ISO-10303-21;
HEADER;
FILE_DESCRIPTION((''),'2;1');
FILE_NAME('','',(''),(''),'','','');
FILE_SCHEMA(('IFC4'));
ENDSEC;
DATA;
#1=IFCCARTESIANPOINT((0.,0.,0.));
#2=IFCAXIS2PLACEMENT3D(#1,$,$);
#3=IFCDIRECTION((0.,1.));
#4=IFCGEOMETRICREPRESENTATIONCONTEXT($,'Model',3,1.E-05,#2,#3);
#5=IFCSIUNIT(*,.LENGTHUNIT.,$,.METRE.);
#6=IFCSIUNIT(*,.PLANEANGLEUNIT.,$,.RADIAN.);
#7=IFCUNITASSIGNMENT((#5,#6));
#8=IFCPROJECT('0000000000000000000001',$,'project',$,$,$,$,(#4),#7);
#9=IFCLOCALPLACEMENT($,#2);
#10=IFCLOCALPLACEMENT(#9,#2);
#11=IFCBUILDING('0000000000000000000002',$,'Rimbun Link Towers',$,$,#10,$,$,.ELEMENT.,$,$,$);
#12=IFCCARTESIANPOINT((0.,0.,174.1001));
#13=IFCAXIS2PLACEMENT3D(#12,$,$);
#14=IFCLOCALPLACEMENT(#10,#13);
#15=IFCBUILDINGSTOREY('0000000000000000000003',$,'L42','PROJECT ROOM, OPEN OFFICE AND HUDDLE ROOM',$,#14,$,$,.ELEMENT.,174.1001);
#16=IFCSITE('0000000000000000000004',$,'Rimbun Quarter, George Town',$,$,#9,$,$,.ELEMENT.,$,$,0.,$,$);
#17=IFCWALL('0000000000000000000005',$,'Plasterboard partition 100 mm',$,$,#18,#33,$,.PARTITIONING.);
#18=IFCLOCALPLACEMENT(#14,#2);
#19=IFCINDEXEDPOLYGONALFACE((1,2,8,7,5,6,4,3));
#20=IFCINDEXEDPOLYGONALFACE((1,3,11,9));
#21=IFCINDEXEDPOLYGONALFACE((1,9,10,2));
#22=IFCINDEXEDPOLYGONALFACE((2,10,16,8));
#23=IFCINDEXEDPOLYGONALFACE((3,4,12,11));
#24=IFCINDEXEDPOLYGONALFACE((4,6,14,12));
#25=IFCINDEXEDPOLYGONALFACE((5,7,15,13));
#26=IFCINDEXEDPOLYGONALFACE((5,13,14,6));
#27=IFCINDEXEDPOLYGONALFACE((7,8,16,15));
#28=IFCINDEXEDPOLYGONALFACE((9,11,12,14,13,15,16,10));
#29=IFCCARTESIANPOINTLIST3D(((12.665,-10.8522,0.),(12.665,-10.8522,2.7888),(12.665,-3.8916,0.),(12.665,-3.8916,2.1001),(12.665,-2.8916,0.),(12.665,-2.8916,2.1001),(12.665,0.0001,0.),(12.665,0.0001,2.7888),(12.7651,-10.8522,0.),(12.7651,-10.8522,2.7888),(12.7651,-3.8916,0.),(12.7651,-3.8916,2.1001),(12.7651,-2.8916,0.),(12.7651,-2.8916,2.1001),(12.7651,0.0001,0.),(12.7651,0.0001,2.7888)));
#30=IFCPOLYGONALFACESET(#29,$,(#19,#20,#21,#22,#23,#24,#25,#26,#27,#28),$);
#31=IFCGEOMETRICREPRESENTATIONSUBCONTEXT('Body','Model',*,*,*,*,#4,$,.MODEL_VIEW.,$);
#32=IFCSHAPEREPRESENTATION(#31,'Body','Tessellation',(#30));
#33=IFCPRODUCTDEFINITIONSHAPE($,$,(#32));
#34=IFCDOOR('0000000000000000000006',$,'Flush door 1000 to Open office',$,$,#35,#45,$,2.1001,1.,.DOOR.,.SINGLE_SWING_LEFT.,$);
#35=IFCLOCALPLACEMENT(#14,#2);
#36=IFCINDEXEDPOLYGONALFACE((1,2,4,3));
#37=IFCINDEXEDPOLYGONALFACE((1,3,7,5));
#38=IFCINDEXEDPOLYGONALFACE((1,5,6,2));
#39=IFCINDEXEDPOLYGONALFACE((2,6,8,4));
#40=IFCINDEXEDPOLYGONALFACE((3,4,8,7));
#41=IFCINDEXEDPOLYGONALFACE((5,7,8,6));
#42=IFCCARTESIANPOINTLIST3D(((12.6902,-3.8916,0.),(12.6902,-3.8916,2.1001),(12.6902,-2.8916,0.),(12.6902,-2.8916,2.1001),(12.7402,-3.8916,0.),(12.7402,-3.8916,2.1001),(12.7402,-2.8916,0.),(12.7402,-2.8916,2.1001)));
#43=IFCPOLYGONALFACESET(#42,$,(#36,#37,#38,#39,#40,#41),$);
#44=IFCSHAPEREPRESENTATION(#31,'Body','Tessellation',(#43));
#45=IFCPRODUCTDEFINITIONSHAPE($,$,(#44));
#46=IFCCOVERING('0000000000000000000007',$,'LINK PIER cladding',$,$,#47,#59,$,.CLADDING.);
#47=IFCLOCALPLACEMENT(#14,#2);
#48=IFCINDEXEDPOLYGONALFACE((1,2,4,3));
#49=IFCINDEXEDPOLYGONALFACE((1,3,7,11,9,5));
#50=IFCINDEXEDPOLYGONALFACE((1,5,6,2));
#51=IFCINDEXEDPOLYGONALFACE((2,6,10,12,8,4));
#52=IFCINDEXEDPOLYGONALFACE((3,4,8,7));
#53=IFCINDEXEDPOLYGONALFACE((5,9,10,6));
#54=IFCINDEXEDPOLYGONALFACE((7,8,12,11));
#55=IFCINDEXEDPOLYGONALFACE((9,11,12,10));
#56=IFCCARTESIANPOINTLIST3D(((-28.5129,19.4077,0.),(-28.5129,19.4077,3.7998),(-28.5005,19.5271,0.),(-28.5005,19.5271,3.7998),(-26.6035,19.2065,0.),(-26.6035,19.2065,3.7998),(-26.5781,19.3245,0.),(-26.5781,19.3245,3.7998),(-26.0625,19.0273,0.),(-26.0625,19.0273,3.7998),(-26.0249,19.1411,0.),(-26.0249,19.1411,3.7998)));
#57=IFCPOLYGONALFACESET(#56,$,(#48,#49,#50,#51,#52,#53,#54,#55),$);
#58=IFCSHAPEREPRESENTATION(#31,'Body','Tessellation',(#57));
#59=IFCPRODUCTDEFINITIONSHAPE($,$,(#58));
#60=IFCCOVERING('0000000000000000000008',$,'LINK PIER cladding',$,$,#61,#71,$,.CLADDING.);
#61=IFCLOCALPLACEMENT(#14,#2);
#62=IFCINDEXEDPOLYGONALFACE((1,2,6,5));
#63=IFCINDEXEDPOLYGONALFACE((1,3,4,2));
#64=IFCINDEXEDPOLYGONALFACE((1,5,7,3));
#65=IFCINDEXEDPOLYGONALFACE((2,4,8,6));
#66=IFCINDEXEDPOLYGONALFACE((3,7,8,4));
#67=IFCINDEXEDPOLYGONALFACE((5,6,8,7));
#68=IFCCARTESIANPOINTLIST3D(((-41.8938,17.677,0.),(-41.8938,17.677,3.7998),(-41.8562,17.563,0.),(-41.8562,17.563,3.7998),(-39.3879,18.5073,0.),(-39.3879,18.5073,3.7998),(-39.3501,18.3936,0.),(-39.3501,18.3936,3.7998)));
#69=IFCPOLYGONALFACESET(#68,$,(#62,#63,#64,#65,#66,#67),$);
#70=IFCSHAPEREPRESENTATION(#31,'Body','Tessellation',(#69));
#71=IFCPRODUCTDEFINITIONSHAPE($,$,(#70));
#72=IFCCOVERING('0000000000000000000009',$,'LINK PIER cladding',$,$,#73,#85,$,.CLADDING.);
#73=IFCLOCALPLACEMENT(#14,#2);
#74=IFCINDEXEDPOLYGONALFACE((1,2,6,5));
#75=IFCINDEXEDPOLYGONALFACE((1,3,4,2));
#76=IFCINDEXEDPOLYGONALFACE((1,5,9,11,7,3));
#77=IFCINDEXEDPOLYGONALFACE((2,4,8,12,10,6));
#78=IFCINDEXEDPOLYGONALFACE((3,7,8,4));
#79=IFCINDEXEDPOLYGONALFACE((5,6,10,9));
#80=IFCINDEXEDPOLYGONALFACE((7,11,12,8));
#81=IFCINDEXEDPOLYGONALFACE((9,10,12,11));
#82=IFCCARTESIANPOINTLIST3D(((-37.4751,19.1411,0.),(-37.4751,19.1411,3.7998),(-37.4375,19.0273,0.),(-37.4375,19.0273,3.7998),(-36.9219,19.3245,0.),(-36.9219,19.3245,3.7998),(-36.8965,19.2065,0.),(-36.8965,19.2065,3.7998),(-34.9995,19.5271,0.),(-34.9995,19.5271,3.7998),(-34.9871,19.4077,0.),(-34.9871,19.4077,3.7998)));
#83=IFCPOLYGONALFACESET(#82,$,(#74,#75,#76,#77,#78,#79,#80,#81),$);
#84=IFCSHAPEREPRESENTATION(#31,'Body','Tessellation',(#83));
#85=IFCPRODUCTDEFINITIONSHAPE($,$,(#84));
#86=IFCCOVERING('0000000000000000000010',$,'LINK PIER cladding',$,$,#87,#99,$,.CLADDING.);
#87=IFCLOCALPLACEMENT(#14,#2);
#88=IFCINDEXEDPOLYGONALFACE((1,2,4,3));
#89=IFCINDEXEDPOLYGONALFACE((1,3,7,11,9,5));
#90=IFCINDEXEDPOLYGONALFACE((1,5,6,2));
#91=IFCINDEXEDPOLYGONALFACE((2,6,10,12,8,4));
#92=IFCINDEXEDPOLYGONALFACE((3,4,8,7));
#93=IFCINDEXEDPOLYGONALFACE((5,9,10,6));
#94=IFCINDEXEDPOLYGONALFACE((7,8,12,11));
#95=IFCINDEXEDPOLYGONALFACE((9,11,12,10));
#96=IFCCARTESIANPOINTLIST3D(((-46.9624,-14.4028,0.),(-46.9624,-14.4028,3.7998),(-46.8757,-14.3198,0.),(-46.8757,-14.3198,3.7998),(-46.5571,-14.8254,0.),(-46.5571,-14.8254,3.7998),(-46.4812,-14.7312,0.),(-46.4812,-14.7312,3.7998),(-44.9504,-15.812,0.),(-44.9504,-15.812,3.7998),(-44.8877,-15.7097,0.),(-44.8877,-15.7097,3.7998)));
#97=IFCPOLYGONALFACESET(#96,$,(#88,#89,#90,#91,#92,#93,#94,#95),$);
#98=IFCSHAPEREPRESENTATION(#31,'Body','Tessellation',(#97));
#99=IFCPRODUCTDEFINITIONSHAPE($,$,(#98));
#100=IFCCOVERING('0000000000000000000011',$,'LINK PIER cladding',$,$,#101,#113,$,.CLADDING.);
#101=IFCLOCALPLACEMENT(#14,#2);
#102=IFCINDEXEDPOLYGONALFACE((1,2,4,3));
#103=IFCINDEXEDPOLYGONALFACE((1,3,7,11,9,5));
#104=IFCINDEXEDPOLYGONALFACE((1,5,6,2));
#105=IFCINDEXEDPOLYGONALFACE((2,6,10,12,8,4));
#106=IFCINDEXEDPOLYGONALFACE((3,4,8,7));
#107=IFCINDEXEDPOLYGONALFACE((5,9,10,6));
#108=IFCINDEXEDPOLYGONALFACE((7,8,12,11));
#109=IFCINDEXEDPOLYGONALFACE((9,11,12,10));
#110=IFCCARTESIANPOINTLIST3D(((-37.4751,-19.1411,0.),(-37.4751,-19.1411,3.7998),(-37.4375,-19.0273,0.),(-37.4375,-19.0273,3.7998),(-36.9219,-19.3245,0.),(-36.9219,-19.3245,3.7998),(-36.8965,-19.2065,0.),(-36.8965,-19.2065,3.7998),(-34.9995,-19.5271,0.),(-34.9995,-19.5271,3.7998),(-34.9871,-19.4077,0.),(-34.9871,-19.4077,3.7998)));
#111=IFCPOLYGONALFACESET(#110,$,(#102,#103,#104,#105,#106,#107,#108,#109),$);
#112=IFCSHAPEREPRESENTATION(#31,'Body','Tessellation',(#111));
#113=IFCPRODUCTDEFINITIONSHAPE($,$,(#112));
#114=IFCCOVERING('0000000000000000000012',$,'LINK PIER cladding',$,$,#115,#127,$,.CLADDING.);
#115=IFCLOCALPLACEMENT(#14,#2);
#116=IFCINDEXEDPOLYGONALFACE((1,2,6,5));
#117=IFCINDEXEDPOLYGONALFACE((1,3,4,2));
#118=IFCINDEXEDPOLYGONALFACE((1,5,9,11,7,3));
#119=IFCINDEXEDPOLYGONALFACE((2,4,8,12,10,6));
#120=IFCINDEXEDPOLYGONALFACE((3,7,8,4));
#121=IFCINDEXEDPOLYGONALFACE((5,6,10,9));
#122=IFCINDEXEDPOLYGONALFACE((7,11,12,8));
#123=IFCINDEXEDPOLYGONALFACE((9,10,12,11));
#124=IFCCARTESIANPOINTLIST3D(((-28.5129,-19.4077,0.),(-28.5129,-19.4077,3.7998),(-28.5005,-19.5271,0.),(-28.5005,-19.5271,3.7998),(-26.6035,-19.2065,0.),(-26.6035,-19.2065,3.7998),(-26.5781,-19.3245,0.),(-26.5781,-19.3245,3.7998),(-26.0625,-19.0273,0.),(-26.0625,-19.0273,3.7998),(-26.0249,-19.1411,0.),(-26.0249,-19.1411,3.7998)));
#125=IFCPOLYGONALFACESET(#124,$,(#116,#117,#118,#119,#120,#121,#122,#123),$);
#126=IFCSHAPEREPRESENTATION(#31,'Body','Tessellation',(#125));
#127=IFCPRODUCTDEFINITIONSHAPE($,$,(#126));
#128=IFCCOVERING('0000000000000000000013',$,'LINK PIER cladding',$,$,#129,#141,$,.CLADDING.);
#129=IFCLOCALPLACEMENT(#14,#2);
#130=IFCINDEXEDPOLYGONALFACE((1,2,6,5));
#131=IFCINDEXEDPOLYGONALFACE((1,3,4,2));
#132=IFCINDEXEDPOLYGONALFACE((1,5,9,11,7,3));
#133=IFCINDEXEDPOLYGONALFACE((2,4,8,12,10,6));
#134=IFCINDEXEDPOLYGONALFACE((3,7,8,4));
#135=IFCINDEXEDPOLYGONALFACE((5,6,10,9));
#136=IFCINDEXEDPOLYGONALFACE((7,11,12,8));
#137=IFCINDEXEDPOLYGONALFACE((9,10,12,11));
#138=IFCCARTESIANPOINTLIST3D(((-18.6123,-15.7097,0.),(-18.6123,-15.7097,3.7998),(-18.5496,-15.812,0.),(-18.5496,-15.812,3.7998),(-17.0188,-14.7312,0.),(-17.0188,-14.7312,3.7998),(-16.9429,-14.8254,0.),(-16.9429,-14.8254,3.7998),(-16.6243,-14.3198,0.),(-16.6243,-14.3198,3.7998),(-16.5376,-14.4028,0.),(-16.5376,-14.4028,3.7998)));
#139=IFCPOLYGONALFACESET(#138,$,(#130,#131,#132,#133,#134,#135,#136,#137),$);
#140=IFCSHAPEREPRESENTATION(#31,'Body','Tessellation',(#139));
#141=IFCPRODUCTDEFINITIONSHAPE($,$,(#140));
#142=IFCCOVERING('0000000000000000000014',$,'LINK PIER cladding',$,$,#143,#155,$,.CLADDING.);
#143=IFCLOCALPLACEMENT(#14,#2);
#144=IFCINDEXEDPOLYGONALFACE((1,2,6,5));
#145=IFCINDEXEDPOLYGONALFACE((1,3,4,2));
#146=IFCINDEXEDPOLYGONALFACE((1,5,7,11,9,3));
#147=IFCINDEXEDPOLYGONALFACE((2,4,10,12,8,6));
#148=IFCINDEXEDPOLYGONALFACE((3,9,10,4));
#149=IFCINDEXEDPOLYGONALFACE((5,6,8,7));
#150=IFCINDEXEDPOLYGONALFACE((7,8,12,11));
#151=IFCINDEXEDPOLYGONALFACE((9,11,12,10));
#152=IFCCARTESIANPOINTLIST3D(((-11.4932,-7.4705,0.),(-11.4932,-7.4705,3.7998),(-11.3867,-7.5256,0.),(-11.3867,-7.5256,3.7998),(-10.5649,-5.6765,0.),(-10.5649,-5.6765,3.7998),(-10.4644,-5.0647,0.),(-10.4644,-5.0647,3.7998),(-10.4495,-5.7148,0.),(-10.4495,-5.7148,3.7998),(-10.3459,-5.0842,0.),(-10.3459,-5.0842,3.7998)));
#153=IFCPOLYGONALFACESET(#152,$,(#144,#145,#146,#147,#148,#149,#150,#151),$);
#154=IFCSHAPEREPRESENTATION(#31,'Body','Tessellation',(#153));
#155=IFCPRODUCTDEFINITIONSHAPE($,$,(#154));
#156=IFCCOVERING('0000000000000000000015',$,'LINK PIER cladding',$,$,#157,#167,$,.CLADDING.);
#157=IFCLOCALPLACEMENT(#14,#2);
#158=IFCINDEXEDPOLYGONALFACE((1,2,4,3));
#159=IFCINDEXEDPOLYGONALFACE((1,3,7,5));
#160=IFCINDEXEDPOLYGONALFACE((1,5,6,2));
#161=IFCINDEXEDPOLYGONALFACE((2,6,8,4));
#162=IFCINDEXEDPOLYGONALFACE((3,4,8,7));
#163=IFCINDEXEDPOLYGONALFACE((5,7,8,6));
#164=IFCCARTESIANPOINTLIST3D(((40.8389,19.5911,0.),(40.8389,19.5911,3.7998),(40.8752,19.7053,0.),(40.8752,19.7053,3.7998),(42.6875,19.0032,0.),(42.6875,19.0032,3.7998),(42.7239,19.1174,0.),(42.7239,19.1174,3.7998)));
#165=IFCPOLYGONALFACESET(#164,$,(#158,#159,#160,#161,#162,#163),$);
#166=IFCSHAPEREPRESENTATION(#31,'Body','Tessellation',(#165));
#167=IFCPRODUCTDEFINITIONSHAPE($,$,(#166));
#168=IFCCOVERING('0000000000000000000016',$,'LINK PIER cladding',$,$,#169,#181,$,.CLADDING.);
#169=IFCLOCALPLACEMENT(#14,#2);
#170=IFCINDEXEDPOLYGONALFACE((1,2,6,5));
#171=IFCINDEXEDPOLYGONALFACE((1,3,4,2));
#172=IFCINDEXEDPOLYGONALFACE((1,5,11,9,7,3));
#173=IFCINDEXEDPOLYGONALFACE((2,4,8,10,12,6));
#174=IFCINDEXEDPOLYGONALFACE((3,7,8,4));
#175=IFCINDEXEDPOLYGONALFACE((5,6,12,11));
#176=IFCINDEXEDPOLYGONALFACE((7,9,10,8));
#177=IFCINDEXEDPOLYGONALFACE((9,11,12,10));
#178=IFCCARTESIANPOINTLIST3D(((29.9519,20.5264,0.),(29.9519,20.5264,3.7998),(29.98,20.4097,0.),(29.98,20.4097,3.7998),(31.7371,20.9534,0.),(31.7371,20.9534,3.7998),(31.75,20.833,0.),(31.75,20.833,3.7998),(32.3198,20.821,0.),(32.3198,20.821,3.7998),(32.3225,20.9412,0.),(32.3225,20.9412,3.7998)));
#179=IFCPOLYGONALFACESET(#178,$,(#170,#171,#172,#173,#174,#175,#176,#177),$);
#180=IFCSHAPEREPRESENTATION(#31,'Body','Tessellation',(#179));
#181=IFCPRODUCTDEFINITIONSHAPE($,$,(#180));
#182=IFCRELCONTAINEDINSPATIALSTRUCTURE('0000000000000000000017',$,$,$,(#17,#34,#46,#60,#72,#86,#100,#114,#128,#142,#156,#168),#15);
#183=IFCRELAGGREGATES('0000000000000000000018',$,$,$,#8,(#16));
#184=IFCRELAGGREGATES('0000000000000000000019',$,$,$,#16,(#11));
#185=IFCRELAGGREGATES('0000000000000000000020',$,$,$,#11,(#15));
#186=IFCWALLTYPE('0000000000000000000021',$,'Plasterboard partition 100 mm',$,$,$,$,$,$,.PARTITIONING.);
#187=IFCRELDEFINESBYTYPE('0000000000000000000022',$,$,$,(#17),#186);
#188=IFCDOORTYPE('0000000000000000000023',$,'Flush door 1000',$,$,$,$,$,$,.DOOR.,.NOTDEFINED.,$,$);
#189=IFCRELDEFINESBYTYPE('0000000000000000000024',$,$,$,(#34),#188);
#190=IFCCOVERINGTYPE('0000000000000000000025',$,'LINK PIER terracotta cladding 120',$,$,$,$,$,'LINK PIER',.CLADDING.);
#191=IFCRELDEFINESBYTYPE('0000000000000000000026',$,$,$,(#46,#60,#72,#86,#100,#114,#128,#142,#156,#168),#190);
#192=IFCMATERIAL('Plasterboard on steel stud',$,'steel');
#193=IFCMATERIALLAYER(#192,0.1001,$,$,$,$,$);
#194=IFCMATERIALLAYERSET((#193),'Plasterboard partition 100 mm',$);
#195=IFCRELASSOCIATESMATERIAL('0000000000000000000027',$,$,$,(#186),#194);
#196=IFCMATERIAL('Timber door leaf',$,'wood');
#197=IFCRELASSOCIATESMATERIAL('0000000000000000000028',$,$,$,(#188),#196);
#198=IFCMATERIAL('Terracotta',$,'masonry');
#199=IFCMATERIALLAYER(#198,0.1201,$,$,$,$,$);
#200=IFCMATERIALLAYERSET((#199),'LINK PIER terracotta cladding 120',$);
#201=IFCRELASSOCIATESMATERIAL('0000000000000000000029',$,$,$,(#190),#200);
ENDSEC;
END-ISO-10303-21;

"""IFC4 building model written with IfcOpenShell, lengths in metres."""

from ifc_helpers import new_model, si_unit, direction, frame, frame_2d, origin, place, context, subcontext, project, spatial, polyline, rectangle, outline, extrude, material, layer, layer_set, type_object, element, fill, save


model = new_model("IFC4")

# Units and contexts
model_context = context("Model", 3, precision=1e-05, world=origin(), true_north=direction((0.0, 1.0)))
body_context = subcontext(model_context, "Body", "Model", "MODEL_VIEW")
ifc_project = project(units=[si_unit("LENGTHUNIT", "METRE"), si_unit("PLANEANGLEUNIT", "RADIAN")], contexts=[model_context])

# Site, building, storey
site_placement = place(None, origin())
site = spatial("IfcSite", under=ifc_project, at=site_placement, Name="Rimbun Quarter, George Town", CompositionType="ELEMENT", RefElevation=0.0)
building_placement = place(site_placement, origin())
building = spatial("IfcBuilding", under=site, at=building_placement, Name="Rimbun Link Towers", CompositionType="ELEMENT")
storey_placement = place(building_placement, frame((0.0, 0.0, 174.1001)))
storey = spatial("IfcBuildingStorey", under=building, at=storey_placement, Name="L42", Description="PROJECT ROOM, OPEN OFFICE AND HUDDLE ROOM", CompositionType="ELEMENT", Elevation=174.1001)

# Wall, opening, door
ifc_material_1 = material(Name="Plasterboard on steel stud", Category="steel")
ifc_layer_1 = layer(ifc_material_1, 0.1001)
ifc_layer_set_1 = layer_set([ifc_layer_1], Name="Plasterboard partition 100 mm")
wall_type = type_object("IfcWallType", Name="Plasterboard partition 100 mm", PredefinedType="PARTITIONING", material=ifc_layer_set_1)
wall_placement = place(storey_placement, frame((12.7151, -10.8523, 0.0), z_axis=(0.0, 0.0, 1.0), x_axis=(0.0, 1.0, 0.0)))
wall = element("IfcWall", 1, at=wall_placement, inside=storey, type_object=wall_type, Name="Plasterboard partition 100 mm", PredefinedType="PARTITIONING", context=body_context, shape_type="SweptSolid", body=[
    extrude(rectangle(XDim=10.8523, YDim=0.1001, at=frame_2d((5.4263, 0.0))), origin(), (0.0, 0.0, 1.0), 2.7888),
])
opening_placement = place(wall_placement, frame((6.9607, 0.0, 0.0)))
opening = element("IfcOpeningElement", 2, at=opening_placement, cuts=wall, PredefinedType="OPENING", context=body_context, shape_type="SweptSolid", body=[
    extrude(rectangle(XDim=1.0, YDim=2.1001, at=frame_2d((0.5, 1.05))), frame((0.0, 0.0601, 0.0), z_axis=(0.0, -1.0, 0.0), x_axis=(1.0, 0.0, 0.0)), (0.0, 0.0, 1.0), 0.1201),
])
ifc_material_2 = material(Name="Timber door leaf", Category="wood")
door_type = type_object("IfcDoorType", Name="Flush door 1000", OperationType="NOTDEFINED", PredefinedType="DOOR", material=ifc_material_2)
door_placement = place(opening_placement, origin())
door = element("IfcDoor", 3, at=door_placement, inside=storey, type_object=door_type, Name="Flush door 1000 to Open office", OperationType="SINGLE_SWING_LEFT", OverallHeight=2.1001, OverallWidth=1.0, PredefinedType="DOOR", context=body_context, shape_type="SweptSolid", body=[
    extrude(rectangle(XDim=1.0, YDim=2.1001, at=frame_2d((0.5, 1.05))), frame((0.0, 0.0249, 0.0), z_axis=(0.0, -1.0, 0.0), x_axis=(1.0, 0.0, 0.0)), (0.0, 0.0, 1.0), 0.05),
])
fill(opening, door)

# Coverings
ifc_material_3 = material(Name="Terracotta", Category="masonry")
ifc_layer_2 = layer(ifc_material_3, 0.1201)
ifc_layer_set_2 = layer_set([ifc_layer_2], Name="LINK PIER terracotta cladding 120")
covering_type_1 = type_object("IfcCoveringType", Name="LINK PIER terracotta cladding 120", ElementType="LINK PIER", PredefinedType="CLADDING", material=ifc_layer_set_2)
covering_1_placement = place(storey_placement, origin())
element("IfcCovering", 4, at=covering_1_placement, inside=storey, type_object=covering_type_1, Name="LINK PIER cladding", PredefinedType="CLADDING", context=body_context, shape_type="SweptSolid", body=[
    extrude(outline(polyline([(-28.5129, 19.4077), (-26.6035, 19.2065), (-26.0625, 19.0273), (-26.0249, 19.1411), (-26.5781, 19.3245), (-28.5005, 19.5271), (-28.5129, 19.4077)])), origin(), (0.0, 0.0, 1.0), 3.7998),
])
covering_2_placement = place(storey_placement, origin())
element("IfcCovering", 5, at=covering_2_placement, inside=storey, type_object=covering_type_1, Name="LINK PIER cladding", PredefinedType="CLADDING", context=body_context, shape_type="SweptSolid", body=[
    extrude(outline(polyline([(-41.8562, 17.563), (-39.3501, 18.3936), (-39.3879, 18.5073), (-41.8938, 17.677), (-41.8562, 17.563)])), origin(), (0.0, 0.0, 1.0), 3.7998),
])
covering_3_placement = place(storey_placement, origin())
element("IfcCovering", 6, at=covering_3_placement, inside=storey, type_object=covering_type_1, Name="LINK PIER cladding", PredefinedType="CLADDING", context=body_context, shape_type="SweptSolid", body=[
    extrude(outline(polyline([(-37.4375, 19.0273), (-36.8965, 19.2065), (-34.9871, 19.4077), (-34.9995, 19.5271), (-36.9219, 19.3245), (-37.4751, 19.1411), (-37.4375, 19.0273)])), origin(), (0.0, 0.0, 1.0), 3.7998),
])
covering_4_placement = place(storey_placement, origin())
element("IfcCovering", 7, at=covering_4_placement, inside=storey, type_object=covering_type_1, Name="LINK PIER cladding", PredefinedType="CLADDING", context=body_context, shape_type="SweptSolid", body=[
    extrude(outline(polyline([(-44.8877, -15.7097), (-46.4812, -14.7312), (-46.8757, -14.3198), (-46.9624, -14.4028), (-46.5571, -14.8254), (-44.9504, -15.812), (-44.8877, -15.7097)])), origin(), (0.0, 0.0, 1.0), 3.7998),
])
covering_5_placement = place(storey_placement, origin())
element("IfcCovering", 8, at=covering_5_placement, inside=storey, type_object=covering_type_1, Name="LINK PIER cladding", PredefinedType="CLADDING", context=body_context, shape_type="SweptSolid", body=[
    extrude(outline(polyline([(-34.9871, -19.4077), (-36.8965, -19.2065), (-37.4375, -19.0273), (-37.4751, -19.1411), (-36.9219, -19.3245), (-34.9995, -19.5271), (-34.9871, -19.4077)])), origin(), (0.0, 0.0, 1.0), 3.7998),
])
covering_6_placement = place(storey_placement, origin())
element("IfcCovering", 9, at=covering_6_placement, inside=storey, type_object=covering_type_1, Name="LINK PIER cladding", PredefinedType="CLADDING", context=body_context, shape_type="SweptSolid", body=[
    extrude(outline(polyline([(-26.0625, -19.0273), (-26.6035, -19.2065), (-28.5129, -19.4077), (-28.5005, -19.5271), (-26.5781, -19.3245), (-26.0249, -19.1411), (-26.0625, -19.0273)])), origin(), (0.0, 0.0, 1.0), 3.7998),
])
covering_7_placement = place(storey_placement, origin())
element("IfcCovering", 10, at=covering_7_placement, inside=storey, type_object=covering_type_1, Name="LINK PIER cladding", PredefinedType="CLADDING", context=body_context, shape_type="SweptSolid", body=[
    extrude(outline(polyline([(-16.6243, -14.3198), (-17.0188, -14.7312), (-18.6123, -15.7097), (-18.5496, -15.812), (-16.9429, -14.8254), (-16.5376, -14.4028), (-16.6243, -14.3198)])), origin(), (0.0, 0.0, 1.0), 3.7998),
])
covering_8_placement = place(storey_placement, origin())
element("IfcCovering", 11, at=covering_8_placement, inside=storey, type_object=covering_type_1, Name="LINK PIER cladding", PredefinedType="CLADDING", context=body_context, shape_type="SweptSolid", body=[
    extrude(outline(polyline([(-10.4644, -5.0647), (-10.5649, -5.6765), (-11.4932, -7.4705), (-11.3867, -7.5256), (-10.4495, -5.7148), (-10.3459, -5.0842), (-10.4644, -5.0647)])), origin(), (0.0, 0.0, 1.0), 3.7998),
])
covering_9_placement = place(storey_placement, origin())
element("IfcCovering", 12, at=covering_9_placement, inside=storey, type_object=covering_type_1, Name="LINK PIER cladding", PredefinedType="CLADDING", context=body_context, shape_type="SweptSolid", body=[
    extrude(outline(polyline([(40.8389, 19.5911), (42.6875, 19.0032), (42.7239, 19.1174), (40.8752, 19.7053), (40.8389, 19.5911)])), origin(), (0.0, 0.0, 1.0), 3.7998),
])
covering_10_placement = place(storey_placement, origin())
element("IfcCovering", 13, at=covering_10_placement, inside=storey, type_object=covering_type_1, Name="LINK PIER cladding", PredefinedType="CLADDING", context=body_context, shape_type="SweptSolid", body=[
    extrude(outline(polyline([(29.98, 20.4097), (31.75, 20.833), (32.3198, 20.821), (32.3225, 20.9412), (31.7371, 20.9534), (29.9519, 20.5264), (29.98, 20.4097)])), origin(), (0.0, 0.0, 1.0), 3.7998),
])

save(model, "model.ifc")
